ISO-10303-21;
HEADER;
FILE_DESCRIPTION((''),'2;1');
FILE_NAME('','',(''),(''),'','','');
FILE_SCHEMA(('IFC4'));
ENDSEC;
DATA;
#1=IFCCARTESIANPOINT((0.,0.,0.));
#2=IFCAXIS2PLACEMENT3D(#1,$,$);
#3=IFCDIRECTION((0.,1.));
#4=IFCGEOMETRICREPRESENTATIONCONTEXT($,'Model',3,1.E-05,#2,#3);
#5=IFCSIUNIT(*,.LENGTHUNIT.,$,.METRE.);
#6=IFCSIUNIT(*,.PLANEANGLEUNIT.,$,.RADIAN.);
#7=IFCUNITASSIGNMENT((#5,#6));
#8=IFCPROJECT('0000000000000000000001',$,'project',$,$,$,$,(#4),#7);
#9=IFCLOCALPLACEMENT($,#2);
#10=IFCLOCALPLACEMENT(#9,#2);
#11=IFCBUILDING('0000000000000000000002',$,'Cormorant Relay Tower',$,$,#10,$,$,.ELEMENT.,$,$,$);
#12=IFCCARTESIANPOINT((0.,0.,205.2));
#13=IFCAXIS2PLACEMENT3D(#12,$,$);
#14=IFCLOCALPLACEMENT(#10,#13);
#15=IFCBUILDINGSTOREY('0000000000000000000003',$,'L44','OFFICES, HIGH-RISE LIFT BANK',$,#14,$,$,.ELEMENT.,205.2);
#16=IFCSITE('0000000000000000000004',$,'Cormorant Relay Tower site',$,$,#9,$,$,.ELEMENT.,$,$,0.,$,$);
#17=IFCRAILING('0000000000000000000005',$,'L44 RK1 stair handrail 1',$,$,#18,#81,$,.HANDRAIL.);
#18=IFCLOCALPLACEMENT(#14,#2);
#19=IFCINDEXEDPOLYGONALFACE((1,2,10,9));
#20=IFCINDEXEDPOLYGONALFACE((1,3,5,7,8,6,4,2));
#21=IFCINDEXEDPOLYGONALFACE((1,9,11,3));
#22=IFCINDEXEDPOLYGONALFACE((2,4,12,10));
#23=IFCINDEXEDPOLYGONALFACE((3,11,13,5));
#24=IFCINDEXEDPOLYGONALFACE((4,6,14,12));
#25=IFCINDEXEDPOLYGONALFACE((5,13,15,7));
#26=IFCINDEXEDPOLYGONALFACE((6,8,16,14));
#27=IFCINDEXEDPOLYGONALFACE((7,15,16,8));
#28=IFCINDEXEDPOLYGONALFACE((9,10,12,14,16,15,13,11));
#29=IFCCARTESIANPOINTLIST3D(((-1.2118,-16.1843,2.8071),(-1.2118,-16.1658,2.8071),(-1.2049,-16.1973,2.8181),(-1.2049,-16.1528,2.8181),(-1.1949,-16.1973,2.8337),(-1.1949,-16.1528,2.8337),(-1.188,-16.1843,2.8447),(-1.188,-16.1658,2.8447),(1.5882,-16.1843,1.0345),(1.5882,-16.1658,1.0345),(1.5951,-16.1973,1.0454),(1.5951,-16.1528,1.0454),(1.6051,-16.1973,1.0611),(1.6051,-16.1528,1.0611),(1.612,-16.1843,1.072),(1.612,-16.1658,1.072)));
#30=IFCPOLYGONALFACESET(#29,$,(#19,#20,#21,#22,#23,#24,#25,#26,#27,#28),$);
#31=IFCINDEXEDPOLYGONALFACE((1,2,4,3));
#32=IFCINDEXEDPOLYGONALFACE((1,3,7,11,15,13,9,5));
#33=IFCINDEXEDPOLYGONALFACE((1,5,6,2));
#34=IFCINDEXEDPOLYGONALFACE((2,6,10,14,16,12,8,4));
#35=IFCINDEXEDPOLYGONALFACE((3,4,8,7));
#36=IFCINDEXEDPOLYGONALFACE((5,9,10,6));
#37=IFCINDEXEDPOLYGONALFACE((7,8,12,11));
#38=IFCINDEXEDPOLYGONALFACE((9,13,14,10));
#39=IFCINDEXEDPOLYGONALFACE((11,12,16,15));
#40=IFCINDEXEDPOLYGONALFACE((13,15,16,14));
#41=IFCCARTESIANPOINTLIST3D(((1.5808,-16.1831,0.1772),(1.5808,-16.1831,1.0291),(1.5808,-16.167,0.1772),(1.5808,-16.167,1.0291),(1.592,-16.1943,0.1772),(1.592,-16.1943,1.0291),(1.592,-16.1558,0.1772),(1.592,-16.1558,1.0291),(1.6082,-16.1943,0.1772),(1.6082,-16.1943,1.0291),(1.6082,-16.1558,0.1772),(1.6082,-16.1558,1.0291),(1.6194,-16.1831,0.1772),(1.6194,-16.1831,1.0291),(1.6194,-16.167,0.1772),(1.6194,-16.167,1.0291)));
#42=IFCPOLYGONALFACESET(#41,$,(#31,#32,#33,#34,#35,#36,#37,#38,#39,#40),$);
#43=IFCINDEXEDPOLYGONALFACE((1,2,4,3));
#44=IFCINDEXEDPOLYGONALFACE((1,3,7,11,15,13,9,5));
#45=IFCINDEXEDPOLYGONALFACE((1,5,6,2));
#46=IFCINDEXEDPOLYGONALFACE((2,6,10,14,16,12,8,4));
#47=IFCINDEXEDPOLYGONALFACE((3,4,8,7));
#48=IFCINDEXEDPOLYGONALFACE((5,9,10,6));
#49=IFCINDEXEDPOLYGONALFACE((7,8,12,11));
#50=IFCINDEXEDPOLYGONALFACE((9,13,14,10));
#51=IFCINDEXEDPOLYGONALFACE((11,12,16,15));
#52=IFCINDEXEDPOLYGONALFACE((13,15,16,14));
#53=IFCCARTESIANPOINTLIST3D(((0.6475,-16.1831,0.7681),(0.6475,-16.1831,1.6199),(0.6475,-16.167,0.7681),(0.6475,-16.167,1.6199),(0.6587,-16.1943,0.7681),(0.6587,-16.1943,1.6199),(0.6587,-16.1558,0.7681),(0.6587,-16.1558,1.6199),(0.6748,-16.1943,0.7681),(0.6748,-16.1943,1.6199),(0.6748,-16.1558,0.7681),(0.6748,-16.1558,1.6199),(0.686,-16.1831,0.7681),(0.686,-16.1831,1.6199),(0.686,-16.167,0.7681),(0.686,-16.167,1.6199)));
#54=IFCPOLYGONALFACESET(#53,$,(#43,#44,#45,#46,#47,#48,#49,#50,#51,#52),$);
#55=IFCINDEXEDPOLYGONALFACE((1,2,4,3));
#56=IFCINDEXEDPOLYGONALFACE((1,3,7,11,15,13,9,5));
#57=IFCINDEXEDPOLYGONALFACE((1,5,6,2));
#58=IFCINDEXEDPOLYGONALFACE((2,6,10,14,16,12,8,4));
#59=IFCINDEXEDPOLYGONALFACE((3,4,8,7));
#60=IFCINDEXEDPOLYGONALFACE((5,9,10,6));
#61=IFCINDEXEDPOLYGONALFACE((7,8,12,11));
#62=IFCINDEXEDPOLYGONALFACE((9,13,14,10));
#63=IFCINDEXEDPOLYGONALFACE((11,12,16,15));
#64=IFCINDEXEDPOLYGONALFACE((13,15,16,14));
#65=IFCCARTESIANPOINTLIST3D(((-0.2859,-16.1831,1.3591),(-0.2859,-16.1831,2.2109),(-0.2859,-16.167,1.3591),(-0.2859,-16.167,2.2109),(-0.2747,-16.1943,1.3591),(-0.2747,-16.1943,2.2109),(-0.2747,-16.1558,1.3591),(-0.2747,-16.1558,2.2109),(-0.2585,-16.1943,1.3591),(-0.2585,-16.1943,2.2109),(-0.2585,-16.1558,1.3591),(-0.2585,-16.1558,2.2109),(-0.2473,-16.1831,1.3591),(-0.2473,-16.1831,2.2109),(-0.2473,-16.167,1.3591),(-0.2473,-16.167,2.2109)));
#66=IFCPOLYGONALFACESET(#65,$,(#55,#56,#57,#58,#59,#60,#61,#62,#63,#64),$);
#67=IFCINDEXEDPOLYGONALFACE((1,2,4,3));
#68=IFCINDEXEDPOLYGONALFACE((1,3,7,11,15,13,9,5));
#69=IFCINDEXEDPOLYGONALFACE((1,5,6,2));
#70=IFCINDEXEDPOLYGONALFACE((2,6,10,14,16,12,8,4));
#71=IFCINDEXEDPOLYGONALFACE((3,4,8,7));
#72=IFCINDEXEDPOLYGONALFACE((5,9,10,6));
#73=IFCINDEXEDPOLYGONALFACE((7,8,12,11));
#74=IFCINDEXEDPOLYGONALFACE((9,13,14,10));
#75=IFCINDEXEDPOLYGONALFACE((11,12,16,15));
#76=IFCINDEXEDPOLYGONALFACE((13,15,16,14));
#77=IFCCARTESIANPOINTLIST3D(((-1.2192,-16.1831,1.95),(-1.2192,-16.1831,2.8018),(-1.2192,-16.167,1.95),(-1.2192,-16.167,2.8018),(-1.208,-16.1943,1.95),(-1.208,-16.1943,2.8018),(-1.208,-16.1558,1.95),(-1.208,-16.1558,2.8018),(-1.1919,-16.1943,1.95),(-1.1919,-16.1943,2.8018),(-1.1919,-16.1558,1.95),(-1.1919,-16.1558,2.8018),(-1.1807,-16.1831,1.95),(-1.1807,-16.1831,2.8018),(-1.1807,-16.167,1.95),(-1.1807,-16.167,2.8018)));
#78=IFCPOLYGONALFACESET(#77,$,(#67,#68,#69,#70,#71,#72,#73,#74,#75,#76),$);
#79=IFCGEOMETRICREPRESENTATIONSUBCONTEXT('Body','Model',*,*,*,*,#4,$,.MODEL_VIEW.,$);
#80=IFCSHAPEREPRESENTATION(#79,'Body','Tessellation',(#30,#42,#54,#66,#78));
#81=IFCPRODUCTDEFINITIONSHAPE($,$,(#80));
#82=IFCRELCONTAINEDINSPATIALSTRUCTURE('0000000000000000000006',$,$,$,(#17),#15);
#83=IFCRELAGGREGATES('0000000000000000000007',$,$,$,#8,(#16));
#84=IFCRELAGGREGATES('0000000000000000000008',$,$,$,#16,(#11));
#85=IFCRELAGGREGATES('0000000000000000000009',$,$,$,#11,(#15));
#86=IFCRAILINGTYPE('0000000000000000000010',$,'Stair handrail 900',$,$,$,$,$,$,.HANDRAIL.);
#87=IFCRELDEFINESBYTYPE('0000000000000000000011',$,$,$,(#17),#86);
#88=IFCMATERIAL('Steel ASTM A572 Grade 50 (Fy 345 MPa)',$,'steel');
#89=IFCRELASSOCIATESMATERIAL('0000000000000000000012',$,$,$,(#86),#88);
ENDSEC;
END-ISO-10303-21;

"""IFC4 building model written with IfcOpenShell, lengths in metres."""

from ifc_helpers import new_model, si_unit, direction, frame, origin, place, context, subcontext, project, spatial, polyline, outline, extrude, material, type_object, element, save


model = new_model("IFC4")

# Units and contexts
model_context = context("Model", 3, precision=1e-05, world=origin(), true_north=direction((0.0, 1.0)))
body_context = subcontext(model_context, "Body", "Model", "MODEL_VIEW")
ifc_project = project(units=[si_unit("LENGTHUNIT", "METRE"), si_unit("PLANEANGLEUNIT", "RADIAN")], contexts=[model_context])

# Site, building, storey
site_placement = place(None, origin())
site = spatial("IfcSite", under=ifc_project, at=site_placement, Name="Cormorant Relay Tower site", CompositionType="ELEMENT", RefElevation=0.0)
building_placement = place(site_placement, origin())
building = spatial("IfcBuilding", under=site, at=building_placement, Name="Cormorant Relay Tower", CompositionType="ELEMENT")
storey_placement = place(building_placement, frame((0.0, 0.0, 205.2)))
storey = spatial("IfcBuildingStorey", under=building, at=storey_placement, Name="L44", Description="OFFICES, HIGH-RISE LIFT BANK", CompositionType="ELEMENT", Elevation=205.2)

# Railing
ifc_material_1 = material(Name="Steel ASTM A572 Grade 50 (Fy 345 MPa)", Category="steel")
railing_type = type_object("IfcRailingType", Name="Stair handrail 900", PredefinedType="HANDRAIL", material=ifc_material_1)
railing_placement = place(storey_placement, frame((1.6001, -16.175, 0.1772)))
element("IfcRailing", 1, at=railing_placement, inside=storey, type_object=railing_type, Name="L44 RK1 stair handrail 1", PredefinedType="HANDRAIL", context=body_context, shape_type="SweptSolid", body=[
    extrude(outline(polyline([(0.0222, 0.0093), (0.0093, 0.0222), (-0.0093, 0.0222), (-0.0222, 0.0093), (-0.0222, -0.0093), (-0.0093, -0.0222), (0.0093, -0.0222), (0.0222, -0.0093), (0.0222, 0.0093)])), frame((0.0, 0.0, 0.876), z_axis=(-0.844909, 0.0, 0.53491), x_axis=(0.0, -1.0, 0.0)), (0.0, 0.0, 1.0), 3.314),
    extrude(outline(polyline([(0.0193, 0.0081), (0.0081, 0.0193), (-0.0081, 0.0193), (-0.0193, 0.0081), (-0.0193, -0.0081), (-0.0081, -0.0193), (0.0081, -0.0193), (0.0193, -0.0081), (0.0193, 0.0081)])), origin(), (0.0, 0.0, 1.0), 0.8518),
    extrude(outline(polyline([(0.0193, 0.0081), (0.0081, 0.0193), (-0.0081, 0.0193), (-0.0193, 0.0081), (-0.0193, -0.0081), (-0.0081, -0.0193), (0.0081, -0.0193), (0.0193, -0.0081), (0.0193, 0.0081)])), frame((-0.9333, 0.0, 0.5908)), (0.0, 0.0, 1.0), 0.8518),
    extrude(outline(polyline([(0.0193, 0.0081), (0.0081, 0.0193), (-0.0081, 0.0193), (-0.0193, 0.0081), (-0.0193, -0.0081), (-0.0081, -0.0193), (0.0081, -0.0193), (0.0193, -0.0081), (0.0193, 0.0081)])), frame((-1.8667, 0.0, 1.1819)), (0.0, 0.0, 1.0), 0.8518),
    extrude(outline(polyline([(0.0193, 0.0081), (0.0081, 0.0193), (-0.0081, 0.0193), (-0.0193, 0.0081), (-0.0193, -0.0081), (-0.0081, -0.0193), (0.0081, -0.0193), (0.0193, -0.0081), (0.0193, 0.0081)])), frame((-2.8, 0.0, 1.7727)), (0.0, 0.0, 1.0), 0.8518),
])

save(model, "model.ifc")
